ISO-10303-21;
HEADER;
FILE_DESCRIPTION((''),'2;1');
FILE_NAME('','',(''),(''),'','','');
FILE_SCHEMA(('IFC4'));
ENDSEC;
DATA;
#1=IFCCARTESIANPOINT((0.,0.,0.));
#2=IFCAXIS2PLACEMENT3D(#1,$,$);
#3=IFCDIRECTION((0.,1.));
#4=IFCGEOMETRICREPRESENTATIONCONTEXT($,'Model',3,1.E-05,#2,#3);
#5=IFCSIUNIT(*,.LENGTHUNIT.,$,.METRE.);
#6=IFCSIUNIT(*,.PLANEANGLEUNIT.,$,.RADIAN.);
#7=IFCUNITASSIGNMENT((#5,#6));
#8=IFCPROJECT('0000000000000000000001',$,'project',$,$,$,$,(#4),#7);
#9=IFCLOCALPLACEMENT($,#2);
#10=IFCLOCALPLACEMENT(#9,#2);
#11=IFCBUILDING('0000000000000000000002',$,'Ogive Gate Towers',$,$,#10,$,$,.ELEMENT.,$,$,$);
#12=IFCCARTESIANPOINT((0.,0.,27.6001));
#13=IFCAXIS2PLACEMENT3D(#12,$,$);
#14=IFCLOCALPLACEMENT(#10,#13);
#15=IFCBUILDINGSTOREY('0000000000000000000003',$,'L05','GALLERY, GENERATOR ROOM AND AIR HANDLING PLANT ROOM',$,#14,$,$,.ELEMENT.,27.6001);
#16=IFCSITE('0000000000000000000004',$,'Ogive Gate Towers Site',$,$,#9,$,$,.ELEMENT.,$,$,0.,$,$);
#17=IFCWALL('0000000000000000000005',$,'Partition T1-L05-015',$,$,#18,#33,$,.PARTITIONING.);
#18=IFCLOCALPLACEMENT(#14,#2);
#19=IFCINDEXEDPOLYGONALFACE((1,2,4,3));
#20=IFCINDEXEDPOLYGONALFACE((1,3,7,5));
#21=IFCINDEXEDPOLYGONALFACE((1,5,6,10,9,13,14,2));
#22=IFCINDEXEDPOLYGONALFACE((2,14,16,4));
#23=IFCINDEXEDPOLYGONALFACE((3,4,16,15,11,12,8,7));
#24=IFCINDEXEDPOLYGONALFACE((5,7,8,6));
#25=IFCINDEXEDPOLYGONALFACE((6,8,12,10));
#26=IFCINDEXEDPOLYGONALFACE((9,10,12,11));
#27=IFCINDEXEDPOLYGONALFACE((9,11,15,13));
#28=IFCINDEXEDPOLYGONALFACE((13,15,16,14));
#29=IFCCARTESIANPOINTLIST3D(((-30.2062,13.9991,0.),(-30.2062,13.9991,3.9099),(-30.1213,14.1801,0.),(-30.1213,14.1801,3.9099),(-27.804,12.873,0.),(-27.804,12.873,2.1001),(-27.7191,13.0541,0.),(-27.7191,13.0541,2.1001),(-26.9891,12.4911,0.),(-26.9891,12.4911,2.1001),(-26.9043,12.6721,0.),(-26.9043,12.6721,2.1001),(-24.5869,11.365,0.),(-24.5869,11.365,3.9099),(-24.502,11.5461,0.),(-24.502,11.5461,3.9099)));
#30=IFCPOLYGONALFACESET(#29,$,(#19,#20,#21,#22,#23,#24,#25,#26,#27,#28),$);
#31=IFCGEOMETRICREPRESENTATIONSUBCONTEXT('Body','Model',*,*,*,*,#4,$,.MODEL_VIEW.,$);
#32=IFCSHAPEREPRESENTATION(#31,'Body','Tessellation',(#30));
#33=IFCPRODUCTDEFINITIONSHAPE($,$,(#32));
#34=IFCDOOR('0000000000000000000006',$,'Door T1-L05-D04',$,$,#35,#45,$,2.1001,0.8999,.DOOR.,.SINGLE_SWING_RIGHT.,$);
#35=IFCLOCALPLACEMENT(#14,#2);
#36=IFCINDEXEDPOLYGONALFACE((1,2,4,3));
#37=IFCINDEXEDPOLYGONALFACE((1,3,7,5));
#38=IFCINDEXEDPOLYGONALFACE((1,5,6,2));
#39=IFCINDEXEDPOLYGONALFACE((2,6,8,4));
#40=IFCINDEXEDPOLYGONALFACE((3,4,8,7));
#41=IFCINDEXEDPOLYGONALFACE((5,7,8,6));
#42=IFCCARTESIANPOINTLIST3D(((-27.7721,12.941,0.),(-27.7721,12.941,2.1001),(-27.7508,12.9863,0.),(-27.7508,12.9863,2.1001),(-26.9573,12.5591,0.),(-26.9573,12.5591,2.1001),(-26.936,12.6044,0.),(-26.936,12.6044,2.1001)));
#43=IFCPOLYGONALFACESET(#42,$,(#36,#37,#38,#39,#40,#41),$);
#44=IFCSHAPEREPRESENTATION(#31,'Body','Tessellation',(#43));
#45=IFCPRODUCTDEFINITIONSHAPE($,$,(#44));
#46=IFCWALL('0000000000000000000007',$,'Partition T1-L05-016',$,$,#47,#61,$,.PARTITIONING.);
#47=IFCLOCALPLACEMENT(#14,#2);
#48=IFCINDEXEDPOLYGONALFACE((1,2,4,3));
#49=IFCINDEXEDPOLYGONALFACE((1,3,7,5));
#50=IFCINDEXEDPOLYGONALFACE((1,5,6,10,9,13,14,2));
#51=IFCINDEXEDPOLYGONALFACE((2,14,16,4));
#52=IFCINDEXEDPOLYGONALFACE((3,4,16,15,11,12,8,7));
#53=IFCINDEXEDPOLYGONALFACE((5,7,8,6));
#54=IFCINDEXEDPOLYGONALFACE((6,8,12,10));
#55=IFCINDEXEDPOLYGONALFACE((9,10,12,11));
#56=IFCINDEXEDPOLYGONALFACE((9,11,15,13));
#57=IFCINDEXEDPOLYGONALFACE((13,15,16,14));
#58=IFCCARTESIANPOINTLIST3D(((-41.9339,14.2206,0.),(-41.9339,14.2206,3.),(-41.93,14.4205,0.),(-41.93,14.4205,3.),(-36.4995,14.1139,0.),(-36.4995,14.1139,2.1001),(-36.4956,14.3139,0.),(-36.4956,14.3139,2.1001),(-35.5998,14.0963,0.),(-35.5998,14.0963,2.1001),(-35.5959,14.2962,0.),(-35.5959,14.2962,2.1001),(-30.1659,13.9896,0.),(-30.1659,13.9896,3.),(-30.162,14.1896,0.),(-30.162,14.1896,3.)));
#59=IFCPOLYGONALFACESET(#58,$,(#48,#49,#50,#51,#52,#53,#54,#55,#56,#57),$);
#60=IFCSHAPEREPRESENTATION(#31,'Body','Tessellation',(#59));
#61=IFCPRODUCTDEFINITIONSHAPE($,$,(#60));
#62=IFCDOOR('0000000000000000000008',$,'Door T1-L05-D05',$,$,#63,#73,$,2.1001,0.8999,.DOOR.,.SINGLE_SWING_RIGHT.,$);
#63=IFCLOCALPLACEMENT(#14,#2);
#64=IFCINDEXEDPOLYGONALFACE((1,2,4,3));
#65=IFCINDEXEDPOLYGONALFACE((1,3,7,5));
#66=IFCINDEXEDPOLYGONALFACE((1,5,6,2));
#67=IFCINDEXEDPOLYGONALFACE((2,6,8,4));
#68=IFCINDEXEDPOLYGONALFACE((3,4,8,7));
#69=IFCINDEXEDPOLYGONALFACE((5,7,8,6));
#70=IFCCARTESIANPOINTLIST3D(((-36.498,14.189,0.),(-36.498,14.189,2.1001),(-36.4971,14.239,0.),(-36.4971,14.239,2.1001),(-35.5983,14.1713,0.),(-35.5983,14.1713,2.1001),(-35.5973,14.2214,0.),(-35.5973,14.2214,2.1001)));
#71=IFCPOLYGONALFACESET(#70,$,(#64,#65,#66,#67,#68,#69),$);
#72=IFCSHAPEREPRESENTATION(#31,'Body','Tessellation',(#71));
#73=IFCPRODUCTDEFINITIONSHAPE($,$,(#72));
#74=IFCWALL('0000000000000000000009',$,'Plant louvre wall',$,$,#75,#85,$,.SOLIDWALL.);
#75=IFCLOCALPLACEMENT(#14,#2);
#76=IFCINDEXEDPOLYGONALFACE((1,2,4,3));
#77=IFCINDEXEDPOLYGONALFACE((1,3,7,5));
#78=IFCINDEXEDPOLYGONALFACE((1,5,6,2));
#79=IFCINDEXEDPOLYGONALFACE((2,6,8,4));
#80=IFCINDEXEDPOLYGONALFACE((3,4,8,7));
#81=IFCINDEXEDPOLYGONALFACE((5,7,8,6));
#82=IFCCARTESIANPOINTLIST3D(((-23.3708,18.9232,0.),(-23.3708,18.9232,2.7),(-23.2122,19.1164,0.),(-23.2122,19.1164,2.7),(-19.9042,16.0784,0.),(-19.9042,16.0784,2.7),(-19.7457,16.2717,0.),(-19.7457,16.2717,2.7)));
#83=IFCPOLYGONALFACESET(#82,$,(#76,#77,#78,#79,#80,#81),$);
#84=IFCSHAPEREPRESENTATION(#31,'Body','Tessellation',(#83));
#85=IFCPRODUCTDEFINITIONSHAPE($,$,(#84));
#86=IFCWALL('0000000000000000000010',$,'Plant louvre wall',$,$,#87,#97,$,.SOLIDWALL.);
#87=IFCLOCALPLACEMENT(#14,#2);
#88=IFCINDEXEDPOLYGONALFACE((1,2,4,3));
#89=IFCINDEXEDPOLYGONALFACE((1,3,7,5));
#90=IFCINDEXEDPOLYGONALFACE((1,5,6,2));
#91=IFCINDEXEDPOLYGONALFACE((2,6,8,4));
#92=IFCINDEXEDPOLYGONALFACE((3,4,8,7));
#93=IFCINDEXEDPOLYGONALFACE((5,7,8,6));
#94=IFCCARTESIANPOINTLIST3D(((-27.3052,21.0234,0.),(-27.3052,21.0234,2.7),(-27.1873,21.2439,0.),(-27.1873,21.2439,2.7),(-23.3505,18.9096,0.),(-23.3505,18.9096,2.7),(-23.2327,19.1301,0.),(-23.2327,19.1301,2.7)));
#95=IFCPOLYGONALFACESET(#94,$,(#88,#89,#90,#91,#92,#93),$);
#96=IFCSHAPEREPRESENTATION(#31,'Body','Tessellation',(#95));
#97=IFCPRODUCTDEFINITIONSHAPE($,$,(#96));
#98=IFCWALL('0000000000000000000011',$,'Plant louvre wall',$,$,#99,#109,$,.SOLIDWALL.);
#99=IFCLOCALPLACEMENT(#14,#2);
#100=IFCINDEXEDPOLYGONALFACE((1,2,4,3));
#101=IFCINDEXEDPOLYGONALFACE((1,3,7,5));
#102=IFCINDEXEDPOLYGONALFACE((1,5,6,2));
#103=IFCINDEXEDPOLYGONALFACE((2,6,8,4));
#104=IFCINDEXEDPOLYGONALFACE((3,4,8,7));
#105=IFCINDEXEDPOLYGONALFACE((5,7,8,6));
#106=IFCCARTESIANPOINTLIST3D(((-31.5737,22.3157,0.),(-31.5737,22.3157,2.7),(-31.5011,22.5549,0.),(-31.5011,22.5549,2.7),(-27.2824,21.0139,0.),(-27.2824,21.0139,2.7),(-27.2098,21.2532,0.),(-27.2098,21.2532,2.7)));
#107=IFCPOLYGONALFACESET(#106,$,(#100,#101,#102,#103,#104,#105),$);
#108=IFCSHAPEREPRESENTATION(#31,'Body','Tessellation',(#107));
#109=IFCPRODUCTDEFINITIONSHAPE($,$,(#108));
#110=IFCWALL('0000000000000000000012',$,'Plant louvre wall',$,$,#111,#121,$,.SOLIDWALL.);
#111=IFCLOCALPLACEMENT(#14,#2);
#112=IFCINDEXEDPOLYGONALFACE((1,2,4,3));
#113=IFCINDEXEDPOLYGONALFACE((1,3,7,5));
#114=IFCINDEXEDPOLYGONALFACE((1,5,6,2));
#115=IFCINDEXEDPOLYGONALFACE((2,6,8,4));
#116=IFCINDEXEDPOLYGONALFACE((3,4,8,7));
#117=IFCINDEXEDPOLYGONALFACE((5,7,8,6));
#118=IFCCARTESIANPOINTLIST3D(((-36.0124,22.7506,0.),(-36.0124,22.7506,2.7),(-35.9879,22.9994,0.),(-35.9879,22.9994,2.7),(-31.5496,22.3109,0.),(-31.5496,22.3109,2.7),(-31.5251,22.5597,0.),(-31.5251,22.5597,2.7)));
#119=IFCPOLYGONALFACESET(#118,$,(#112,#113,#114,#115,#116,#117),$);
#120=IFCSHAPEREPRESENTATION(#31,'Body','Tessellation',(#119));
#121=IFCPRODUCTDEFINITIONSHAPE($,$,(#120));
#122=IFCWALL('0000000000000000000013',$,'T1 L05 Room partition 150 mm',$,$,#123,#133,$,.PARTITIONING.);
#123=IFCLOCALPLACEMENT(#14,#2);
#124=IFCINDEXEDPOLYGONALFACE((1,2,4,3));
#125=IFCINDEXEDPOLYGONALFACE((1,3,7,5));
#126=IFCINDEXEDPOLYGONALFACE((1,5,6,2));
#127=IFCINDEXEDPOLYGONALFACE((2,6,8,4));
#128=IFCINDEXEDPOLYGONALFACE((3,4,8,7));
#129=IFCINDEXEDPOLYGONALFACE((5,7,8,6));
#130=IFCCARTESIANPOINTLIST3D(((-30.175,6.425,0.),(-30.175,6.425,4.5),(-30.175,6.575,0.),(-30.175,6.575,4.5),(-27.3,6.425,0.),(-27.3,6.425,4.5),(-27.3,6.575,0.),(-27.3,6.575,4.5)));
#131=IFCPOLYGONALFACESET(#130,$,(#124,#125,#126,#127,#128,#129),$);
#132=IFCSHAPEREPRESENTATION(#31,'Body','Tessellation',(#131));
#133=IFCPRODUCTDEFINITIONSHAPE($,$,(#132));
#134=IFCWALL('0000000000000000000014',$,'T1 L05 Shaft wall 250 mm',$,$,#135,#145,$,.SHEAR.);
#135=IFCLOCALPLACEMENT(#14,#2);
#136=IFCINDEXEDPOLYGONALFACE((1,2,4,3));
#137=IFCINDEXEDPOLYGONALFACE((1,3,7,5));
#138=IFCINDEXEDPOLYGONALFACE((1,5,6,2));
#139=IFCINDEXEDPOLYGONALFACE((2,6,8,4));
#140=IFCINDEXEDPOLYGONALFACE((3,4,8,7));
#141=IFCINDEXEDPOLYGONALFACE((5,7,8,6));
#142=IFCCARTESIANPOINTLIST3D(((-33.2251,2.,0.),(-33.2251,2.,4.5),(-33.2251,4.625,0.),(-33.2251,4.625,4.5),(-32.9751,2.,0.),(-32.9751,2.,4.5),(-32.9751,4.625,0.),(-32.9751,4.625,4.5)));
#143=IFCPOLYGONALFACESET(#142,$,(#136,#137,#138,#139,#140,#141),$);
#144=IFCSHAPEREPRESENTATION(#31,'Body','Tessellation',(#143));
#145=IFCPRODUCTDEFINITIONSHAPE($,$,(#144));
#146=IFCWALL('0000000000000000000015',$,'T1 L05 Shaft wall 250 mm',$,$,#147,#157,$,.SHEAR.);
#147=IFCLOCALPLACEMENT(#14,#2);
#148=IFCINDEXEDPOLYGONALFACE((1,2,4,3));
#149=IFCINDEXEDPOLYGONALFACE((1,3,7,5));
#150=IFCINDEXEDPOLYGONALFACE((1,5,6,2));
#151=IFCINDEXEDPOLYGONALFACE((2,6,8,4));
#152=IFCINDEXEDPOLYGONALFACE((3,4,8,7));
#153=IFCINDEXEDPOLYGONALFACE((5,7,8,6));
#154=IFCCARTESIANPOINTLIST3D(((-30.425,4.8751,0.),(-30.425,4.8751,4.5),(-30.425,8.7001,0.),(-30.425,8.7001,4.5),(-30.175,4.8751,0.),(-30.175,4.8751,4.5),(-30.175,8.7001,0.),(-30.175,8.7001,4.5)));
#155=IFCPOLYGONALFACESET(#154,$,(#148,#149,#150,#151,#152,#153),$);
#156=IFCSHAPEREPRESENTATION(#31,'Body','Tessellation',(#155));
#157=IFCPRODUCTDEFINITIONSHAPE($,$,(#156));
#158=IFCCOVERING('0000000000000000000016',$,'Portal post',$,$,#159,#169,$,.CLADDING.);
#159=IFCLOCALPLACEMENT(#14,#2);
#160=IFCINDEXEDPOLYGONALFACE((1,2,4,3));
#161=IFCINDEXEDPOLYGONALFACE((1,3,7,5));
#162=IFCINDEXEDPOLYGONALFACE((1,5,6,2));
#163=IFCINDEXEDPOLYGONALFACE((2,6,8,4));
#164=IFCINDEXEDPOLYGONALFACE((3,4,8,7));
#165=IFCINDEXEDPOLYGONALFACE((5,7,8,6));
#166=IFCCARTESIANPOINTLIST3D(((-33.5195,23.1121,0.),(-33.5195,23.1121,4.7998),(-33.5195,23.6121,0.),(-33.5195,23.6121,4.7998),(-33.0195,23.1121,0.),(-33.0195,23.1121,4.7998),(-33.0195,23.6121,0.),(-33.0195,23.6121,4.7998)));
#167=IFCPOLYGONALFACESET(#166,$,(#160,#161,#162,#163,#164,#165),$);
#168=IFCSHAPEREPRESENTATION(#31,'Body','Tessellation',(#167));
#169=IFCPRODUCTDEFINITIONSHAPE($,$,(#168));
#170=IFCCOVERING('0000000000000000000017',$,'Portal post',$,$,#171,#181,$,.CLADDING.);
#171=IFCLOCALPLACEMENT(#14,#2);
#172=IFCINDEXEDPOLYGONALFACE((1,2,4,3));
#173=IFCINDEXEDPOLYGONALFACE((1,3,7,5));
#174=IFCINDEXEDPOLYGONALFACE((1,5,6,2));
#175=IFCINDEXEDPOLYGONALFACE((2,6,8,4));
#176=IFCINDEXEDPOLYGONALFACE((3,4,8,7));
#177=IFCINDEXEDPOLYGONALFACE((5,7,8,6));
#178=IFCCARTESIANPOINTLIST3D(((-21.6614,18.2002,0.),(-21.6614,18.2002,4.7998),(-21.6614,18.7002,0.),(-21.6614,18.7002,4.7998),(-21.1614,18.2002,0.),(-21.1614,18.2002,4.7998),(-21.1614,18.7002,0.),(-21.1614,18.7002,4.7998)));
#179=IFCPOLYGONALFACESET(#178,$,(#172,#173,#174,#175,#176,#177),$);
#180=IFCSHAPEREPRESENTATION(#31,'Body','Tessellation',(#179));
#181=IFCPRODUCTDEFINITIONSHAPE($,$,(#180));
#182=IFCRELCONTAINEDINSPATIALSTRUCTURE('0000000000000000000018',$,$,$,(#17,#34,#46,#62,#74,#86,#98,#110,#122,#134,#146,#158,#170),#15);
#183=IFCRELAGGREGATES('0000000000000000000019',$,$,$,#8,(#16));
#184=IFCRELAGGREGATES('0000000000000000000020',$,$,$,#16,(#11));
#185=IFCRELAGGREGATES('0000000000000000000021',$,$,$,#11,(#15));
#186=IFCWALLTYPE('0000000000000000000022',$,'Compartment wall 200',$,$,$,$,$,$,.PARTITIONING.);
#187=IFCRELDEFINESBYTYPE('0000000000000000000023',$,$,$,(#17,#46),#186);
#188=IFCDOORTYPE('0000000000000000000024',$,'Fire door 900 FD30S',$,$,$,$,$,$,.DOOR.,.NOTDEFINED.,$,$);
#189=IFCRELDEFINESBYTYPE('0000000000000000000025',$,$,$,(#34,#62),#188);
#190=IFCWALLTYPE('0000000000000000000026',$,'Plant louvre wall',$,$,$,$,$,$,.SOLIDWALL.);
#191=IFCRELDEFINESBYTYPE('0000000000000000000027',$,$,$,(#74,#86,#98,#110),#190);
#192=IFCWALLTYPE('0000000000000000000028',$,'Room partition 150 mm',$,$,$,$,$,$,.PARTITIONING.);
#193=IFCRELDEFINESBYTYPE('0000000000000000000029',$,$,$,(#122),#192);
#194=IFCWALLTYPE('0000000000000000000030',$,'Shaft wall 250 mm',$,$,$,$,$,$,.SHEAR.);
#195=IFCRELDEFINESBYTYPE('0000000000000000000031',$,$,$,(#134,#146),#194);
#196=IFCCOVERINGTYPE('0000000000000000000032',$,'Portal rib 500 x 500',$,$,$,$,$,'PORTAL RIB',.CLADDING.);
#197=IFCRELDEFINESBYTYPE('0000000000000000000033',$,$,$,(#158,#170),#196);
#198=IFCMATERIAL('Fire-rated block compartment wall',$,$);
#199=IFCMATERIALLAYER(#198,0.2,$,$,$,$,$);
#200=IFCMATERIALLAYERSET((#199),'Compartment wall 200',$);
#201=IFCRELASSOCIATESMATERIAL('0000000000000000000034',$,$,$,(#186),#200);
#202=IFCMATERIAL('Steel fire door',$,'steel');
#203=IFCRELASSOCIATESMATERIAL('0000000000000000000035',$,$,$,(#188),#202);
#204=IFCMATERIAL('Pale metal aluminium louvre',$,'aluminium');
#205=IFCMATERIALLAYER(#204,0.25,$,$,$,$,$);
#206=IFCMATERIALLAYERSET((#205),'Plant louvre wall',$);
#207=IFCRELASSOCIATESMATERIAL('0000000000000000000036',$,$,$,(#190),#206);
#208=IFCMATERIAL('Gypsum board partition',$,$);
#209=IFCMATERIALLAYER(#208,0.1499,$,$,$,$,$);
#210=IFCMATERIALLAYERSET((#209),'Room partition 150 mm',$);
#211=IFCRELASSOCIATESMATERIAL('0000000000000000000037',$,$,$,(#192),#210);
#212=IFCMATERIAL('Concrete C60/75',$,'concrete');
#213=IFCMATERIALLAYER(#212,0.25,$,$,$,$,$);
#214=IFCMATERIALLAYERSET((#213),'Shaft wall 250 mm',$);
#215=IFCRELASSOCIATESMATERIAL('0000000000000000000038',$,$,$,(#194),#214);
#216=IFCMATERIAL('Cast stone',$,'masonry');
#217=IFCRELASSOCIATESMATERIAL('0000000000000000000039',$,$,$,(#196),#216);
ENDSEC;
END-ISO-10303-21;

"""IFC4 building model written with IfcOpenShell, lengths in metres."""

from ifc_helpers import new_model, si_unit, direction, frame, frame_2d, origin, origin_2d, place, context, subcontext, project, spatial, rectangle, extrude, material, layer, layer_set, material_profile, profile_set, type_object, element, fill, save


model = new_model("IFC4")

# Units and contexts
model_context = context("Model", 3, precision=1e-05, world=origin(), true_north=direction((0.0, 1.0)))
body_context = subcontext(model_context, "Body", "Model", "MODEL_VIEW")
ifc_project = project(units=[si_unit("LENGTHUNIT", "METRE"), si_unit("PLANEANGLEUNIT", "RADIAN")], contexts=[model_context])

# Site, building, storey
site_placement = place(None, origin())
site = spatial("IfcSite", under=ifc_project, at=site_placement, Name="Ogive Gate Towers Site", CompositionType="ELEMENT", RefElevation=0.0)
building_placement = place(site_placement, origin())
building = spatial("IfcBuilding", under=site, at=building_placement, Name="Ogive Gate Towers", CompositionType="ELEMENT")
storey_placement = place(building_placement, frame((0.0, 0.0, 27.6001)))
storey = spatial("IfcBuildingStorey", under=building, at=storey_placement, Name="L05", Description="GALLERY, GENERATOR ROOM AND AIR HANDLING PLANT ROOM", CompositionType="ELEMENT", Elevation=27.6001)

# Shared definitions
ifc_material_1 = material(Name="Fire-rated block compartment wall")
ifc_layer_1 = layer(ifc_material_1, 0.2)
ifc_layer_set_1 = layer_set([ifc_layer_1], Name="Compartment wall 200")
wall_type_1 = type_object("IfcWallType", Name="Compartment wall 200", PredefinedType="PARTITIONING", material=ifc_layer_set_1)

# Walls, openings, doors
wall_1_placement = place(storey_placement, frame((-24.5444, 11.4556, 0.0), z_axis=(0.0, 0.0, 1.0), x_axis=(-0.905462, 0.424427, 0.0)))
wall_1 = element("IfcWall", 1, at=wall_1_placement, inside=storey, type_object=wall_type_1, Name="Partition T1-L05-015", PredefinedType="PARTITIONING", context=body_context, shape_type="SweptSolid", body=[
    extrude(rectangle(XDim=6.2061, YDim=0.2, at=frame_2d((3.103, 0.0))), origin(), (0.0, 0.0, 1.0), 3.9099),
])
opening_1_placement = place(wall_1_placement, frame((2.6531, 0.0, 0.0)))
opening_1 = element("IfcOpeningElement", 2, at=opening_1_placement, cuts=wall_1, PredefinedType="OPENING", context=body_context, shape_type="SweptSolid", body=[
    extrude(rectangle(XDim=0.8999, YDim=2.1001, at=frame_2d((0.45, 1.05))), frame((0.0, 0.1099, 0.0), z_axis=(0.0, -1.0, 0.0), x_axis=(1.0, 0.0, 0.0)), (0.0, 0.0, 1.0), 0.22),
])
ifc_material_2 = material(Name="Steel fire door", Category="steel")
door_type = type_object("IfcDoorType", Name="Fire door 900 FD30S", OperationType="NOTDEFINED", PredefinedType="DOOR", material=ifc_material_2)
door_1_placement = place(opening_1_placement, origin())
door_1 = element("IfcDoor", 3, at=door_1_placement, inside=storey, type_object=door_type, Name="Door T1-L05-D04", OperationType="SINGLE_SWING_RIGHT", OverallHeight=2.1001, OverallWidth=0.8999, PredefinedType="DOOR", context=body_context, shape_type="SweptSolid", body=[
    extrude(rectangle(XDim=0.8999, YDim=2.1001, at=frame_2d((0.45, 1.05))), frame((0.0, 0.0249, 0.0), z_axis=(0.0, -1.0, 0.0), x_axis=(1.0, 0.0, 0.0)), (0.0, 0.0, 1.0), 0.05),
])
fill(opening_1, door_1)
wall_2_placement = place(storey_placement, frame((-30.1638, 14.0896, 0.0), z_axis=(0.0, 0.0, 1.0), x_axis=(-0.999807, 0.019622, 0.0)))
wall_2 = element("IfcWall", 4, at=wall_2_placement, inside=storey, type_object=wall_type_1, Name="Partition T1-L05-016", PredefinedType="PARTITIONING", context=body_context, shape_type="SweptSolid", body=[
    extrude(rectangle(XDim=11.7703, YDim=0.2, at=frame_2d((5.8853, 0.0))), origin(), (0.0, 0.0, 1.0), 3.0),
])
opening_2_placement = place(wall_2_placement, frame((5.4351, 0.0, 0.0)))
opening_2 = element("IfcOpeningElement", 5, at=opening_2_placement, cuts=wall_2, PredefinedType="OPENING", context=body_context, shape_type="SweptSolid", body=[
    extrude(rectangle(XDim=0.8999, YDim=2.1001, at=frame_2d((0.45, 1.05))), frame((0.0, 0.1099, 0.0), z_axis=(0.0, -1.0, 0.0), x_axis=(1.0, 0.0, 0.0)), (0.0, 0.0, 1.0), 0.22),
])
door_2_placement = place(opening_2_placement, origin())
door_2 = element("IfcDoor", 6, at=door_2_placement, inside=storey, type_object=door_type, Name="Door T1-L05-D05", OperationType="SINGLE_SWING_RIGHT", OverallHeight=2.1001, OverallWidth=0.8999, PredefinedType="DOOR", context=body_context, shape_type="SweptSolid", body=[
    extrude(rectangle(XDim=0.8999, YDim=2.1001, at=frame_2d((0.45, 1.05))), frame((0.0, 0.0249, 0.0), z_axis=(0.0, -1.0, 0.0), x_axis=(1.0, 0.0, 0.0)), (0.0, 0.0, 1.0), 0.05),
])
fill(opening_2, door_2)

# Walls
ifc_material_3 = material(Name="Pale metal aluminium louvre", Category="aluminium")
ifc_layer_2 = layer(ifc_material_3, 0.25)
ifc_layer_set_2 = layer_set([ifc_layer_2], Name="Plant louvre wall")
wall_type_2 = type_object("IfcWallType", Name="Plant louvre wall", PredefinedType="SOLIDWALL", material=ifc_layer_set_2)
wall_3_placement = place(storey_placement, frame((-19.825, 16.175, 0.0), z_axis=(0.0, 0.0, 1.0), x_axis=(-0.773032, 0.634367, 0.0)))
element("IfcWall", 7, at=wall_3_placement, inside=storey, type_object=wall_type_2, Name="Plant louvre wall", PredefinedType="SOLIDWALL", context=body_context, shape_type="SweptSolid", body=[
    extrude(rectangle(XDim=4.4844, YDim=0.25, at=frame_2d((2.2422, 0.0))), origin(), (0.0, 0.0, 1.0), 2.7),
])
wall_4_placement = place(storey_placement, frame((-23.2915, 19.0198, 0.0), z_axis=(0.0, 0.0, 1.0), x_axis=(-0.881922, 0.471396, 0.0)))
element("IfcWall", 8, at=wall_4_placement, inside=storey, type_object=wall_type_2, Name="Plant louvre wall", PredefinedType="SOLIDWALL", context=body_context, shape_type="SweptSolid", body=[
    extrude(rectangle(XDim=4.4841, YDim=0.25, at=frame_2d((2.2422, 0.0))), origin(), (0.0, 0.0, 1.0), 2.7),
])
for number, where, z_axis, x_axis, name in (
    (9, (-27.2461, 21.1335, 0.0), (0.0, 0.0, 1.0), (-0.956939, 0.290288, 0.0), "Plant louvre wall"),
    (10, (-31.5374, 22.4353, 0.0), (0.0, 0.0, 1.0), (-0.995181, 0.098054, 0.0), "Plant louvre wall"),
):
    element("IfcWall", number, at=place(storey_placement, frame(where, z_axis=z_axis, x_axis=x_axis)), inside=storey, type_object=wall_type_2, Name=name, PredefinedType="SOLIDWALL", context=body_context, shape_type="SweptSolid", body=[
        extrude(rectangle(XDim=4.4844, YDim=0.25, at=frame_2d((2.2422, 0.0))), origin(), (0.0, 0.0, 1.0), 2.7),
    ])
ifc_material_4 = material(Name="Gypsum board partition")
ifc_layer_3 = layer(ifc_material_4, 0.1499)
ifc_layer_set_3 = layer_set([ifc_layer_3], Name="Room partition 150 mm")
wall_type_3 = type_object("IfcWallType", Name="Room partition 150 mm", PredefinedType="PARTITIONING", material=ifc_layer_set_3)
wall_5_placement = place(storey_placement, frame((-30.175, 6.5, 0.0), z_axis=(0.0, 0.0, 1.0), x_axis=(1.0, 0.0, 0.0)))
element("IfcWall", 11, at=wall_5_placement, inside=storey, type_object=wall_type_3, Name="T1 L05 Room partition 150 mm", PredefinedType="PARTITIONING", context=body_context, shape_type="SweptSolid", body=[
    extrude(rectangle(XDim=2.875, YDim=0.1499, at=frame_2d((1.4375, 0.0))), origin(), (0.0, 0.0, 1.0), 4.5),
])
ifc_material_5 = material(Name="Concrete C60/75", Category="concrete")
ifc_layer_4 = layer(ifc_material_5, 0.25)
ifc_layer_set_4 = layer_set([ifc_layer_4], Name="Shaft wall 250 mm")
wall_type_4 = type_object("IfcWallType", Name="Shaft wall 250 mm", PredefinedType="SHEAR", material=ifc_layer_set_4)
wall_6_placement = place(storey_placement, frame((-33.1001, 2.0, 0.0), z_axis=(0.0, 0.0, 1.0), x_axis=(0.0, 1.0, 0.0)))
element("IfcWall", 12, at=wall_6_placement, inside=storey, type_object=wall_type_4, Name="T1 L05 Shaft wall 250 mm", PredefinedType="SHEAR", context=body_context, shape_type="SweptSolid", body=[
    extrude(rectangle(XDim=2.625, YDim=0.25, at=frame_2d((1.3125, 0.0))), origin(), (0.0, 0.0, 1.0), 4.5),
])
wall_7_placement = place(storey_placement, frame((-30.3, 4.875, 0.0), z_axis=(0.0, 0.0, 1.0), x_axis=(0.0, 1.0, 0.0)))
element("IfcWall", 13, at=wall_7_placement, inside=storey, type_object=wall_type_4, Name="T1 L05 Shaft wall 250 mm", PredefinedType="SHEAR", context=body_context, shape_type="SweptSolid", body=[
    extrude(rectangle(XDim=3.825, YDim=0.25, at=frame_2d((1.9126, 0.0))), origin(), (0.0, 0.0, 1.0), 4.5),
])

# Coverings
ifc_material_6 = material(Name="Cast stone", Category="masonry")
ifc_material_profile_1 = material_profile(ifc_material_6, rectangle(XDim=0.5, YDim=0.5, at=origin_2d()), Name="500 x 500 cast stone")
ifc_profile_set_1 = profile_set([ifc_material_profile_1], Name="Cast stone")
covering_type = type_object("IfcCoveringType", Name="Portal rib 500 x 500", ElementType="PORTAL RIB", PredefinedType="CLADDING", material=ifc_profile_set_1)
for number, where, z_axis, x_axis, name in (
    (14, (-33.2695, 23.3621, 0.0), (0.0, 0.0, 1.0), (1.0, 0.0, 0.0), "Portal post"),
    (15, (-21.4114, 18.4502, 0.0), (0.0, 0.0, 1.0), (1.0, 0.0, 0.0), "Portal post"),
):
    element("IfcCovering", number, at=place(storey_placement, frame(where, z_axis=z_axis, x_axis=x_axis)), inside=storey, type_object=covering_type, Name=name, PredefinedType="CLADDING", context=body_context, shape_type="SweptSolid", body=[
        extrude(rectangle(XDim=0.5, YDim=0.5, at=origin_2d()), origin(), (0.0, 0.0, 1.0), 4.7998),
    ])

save(model, "model.ifc")
